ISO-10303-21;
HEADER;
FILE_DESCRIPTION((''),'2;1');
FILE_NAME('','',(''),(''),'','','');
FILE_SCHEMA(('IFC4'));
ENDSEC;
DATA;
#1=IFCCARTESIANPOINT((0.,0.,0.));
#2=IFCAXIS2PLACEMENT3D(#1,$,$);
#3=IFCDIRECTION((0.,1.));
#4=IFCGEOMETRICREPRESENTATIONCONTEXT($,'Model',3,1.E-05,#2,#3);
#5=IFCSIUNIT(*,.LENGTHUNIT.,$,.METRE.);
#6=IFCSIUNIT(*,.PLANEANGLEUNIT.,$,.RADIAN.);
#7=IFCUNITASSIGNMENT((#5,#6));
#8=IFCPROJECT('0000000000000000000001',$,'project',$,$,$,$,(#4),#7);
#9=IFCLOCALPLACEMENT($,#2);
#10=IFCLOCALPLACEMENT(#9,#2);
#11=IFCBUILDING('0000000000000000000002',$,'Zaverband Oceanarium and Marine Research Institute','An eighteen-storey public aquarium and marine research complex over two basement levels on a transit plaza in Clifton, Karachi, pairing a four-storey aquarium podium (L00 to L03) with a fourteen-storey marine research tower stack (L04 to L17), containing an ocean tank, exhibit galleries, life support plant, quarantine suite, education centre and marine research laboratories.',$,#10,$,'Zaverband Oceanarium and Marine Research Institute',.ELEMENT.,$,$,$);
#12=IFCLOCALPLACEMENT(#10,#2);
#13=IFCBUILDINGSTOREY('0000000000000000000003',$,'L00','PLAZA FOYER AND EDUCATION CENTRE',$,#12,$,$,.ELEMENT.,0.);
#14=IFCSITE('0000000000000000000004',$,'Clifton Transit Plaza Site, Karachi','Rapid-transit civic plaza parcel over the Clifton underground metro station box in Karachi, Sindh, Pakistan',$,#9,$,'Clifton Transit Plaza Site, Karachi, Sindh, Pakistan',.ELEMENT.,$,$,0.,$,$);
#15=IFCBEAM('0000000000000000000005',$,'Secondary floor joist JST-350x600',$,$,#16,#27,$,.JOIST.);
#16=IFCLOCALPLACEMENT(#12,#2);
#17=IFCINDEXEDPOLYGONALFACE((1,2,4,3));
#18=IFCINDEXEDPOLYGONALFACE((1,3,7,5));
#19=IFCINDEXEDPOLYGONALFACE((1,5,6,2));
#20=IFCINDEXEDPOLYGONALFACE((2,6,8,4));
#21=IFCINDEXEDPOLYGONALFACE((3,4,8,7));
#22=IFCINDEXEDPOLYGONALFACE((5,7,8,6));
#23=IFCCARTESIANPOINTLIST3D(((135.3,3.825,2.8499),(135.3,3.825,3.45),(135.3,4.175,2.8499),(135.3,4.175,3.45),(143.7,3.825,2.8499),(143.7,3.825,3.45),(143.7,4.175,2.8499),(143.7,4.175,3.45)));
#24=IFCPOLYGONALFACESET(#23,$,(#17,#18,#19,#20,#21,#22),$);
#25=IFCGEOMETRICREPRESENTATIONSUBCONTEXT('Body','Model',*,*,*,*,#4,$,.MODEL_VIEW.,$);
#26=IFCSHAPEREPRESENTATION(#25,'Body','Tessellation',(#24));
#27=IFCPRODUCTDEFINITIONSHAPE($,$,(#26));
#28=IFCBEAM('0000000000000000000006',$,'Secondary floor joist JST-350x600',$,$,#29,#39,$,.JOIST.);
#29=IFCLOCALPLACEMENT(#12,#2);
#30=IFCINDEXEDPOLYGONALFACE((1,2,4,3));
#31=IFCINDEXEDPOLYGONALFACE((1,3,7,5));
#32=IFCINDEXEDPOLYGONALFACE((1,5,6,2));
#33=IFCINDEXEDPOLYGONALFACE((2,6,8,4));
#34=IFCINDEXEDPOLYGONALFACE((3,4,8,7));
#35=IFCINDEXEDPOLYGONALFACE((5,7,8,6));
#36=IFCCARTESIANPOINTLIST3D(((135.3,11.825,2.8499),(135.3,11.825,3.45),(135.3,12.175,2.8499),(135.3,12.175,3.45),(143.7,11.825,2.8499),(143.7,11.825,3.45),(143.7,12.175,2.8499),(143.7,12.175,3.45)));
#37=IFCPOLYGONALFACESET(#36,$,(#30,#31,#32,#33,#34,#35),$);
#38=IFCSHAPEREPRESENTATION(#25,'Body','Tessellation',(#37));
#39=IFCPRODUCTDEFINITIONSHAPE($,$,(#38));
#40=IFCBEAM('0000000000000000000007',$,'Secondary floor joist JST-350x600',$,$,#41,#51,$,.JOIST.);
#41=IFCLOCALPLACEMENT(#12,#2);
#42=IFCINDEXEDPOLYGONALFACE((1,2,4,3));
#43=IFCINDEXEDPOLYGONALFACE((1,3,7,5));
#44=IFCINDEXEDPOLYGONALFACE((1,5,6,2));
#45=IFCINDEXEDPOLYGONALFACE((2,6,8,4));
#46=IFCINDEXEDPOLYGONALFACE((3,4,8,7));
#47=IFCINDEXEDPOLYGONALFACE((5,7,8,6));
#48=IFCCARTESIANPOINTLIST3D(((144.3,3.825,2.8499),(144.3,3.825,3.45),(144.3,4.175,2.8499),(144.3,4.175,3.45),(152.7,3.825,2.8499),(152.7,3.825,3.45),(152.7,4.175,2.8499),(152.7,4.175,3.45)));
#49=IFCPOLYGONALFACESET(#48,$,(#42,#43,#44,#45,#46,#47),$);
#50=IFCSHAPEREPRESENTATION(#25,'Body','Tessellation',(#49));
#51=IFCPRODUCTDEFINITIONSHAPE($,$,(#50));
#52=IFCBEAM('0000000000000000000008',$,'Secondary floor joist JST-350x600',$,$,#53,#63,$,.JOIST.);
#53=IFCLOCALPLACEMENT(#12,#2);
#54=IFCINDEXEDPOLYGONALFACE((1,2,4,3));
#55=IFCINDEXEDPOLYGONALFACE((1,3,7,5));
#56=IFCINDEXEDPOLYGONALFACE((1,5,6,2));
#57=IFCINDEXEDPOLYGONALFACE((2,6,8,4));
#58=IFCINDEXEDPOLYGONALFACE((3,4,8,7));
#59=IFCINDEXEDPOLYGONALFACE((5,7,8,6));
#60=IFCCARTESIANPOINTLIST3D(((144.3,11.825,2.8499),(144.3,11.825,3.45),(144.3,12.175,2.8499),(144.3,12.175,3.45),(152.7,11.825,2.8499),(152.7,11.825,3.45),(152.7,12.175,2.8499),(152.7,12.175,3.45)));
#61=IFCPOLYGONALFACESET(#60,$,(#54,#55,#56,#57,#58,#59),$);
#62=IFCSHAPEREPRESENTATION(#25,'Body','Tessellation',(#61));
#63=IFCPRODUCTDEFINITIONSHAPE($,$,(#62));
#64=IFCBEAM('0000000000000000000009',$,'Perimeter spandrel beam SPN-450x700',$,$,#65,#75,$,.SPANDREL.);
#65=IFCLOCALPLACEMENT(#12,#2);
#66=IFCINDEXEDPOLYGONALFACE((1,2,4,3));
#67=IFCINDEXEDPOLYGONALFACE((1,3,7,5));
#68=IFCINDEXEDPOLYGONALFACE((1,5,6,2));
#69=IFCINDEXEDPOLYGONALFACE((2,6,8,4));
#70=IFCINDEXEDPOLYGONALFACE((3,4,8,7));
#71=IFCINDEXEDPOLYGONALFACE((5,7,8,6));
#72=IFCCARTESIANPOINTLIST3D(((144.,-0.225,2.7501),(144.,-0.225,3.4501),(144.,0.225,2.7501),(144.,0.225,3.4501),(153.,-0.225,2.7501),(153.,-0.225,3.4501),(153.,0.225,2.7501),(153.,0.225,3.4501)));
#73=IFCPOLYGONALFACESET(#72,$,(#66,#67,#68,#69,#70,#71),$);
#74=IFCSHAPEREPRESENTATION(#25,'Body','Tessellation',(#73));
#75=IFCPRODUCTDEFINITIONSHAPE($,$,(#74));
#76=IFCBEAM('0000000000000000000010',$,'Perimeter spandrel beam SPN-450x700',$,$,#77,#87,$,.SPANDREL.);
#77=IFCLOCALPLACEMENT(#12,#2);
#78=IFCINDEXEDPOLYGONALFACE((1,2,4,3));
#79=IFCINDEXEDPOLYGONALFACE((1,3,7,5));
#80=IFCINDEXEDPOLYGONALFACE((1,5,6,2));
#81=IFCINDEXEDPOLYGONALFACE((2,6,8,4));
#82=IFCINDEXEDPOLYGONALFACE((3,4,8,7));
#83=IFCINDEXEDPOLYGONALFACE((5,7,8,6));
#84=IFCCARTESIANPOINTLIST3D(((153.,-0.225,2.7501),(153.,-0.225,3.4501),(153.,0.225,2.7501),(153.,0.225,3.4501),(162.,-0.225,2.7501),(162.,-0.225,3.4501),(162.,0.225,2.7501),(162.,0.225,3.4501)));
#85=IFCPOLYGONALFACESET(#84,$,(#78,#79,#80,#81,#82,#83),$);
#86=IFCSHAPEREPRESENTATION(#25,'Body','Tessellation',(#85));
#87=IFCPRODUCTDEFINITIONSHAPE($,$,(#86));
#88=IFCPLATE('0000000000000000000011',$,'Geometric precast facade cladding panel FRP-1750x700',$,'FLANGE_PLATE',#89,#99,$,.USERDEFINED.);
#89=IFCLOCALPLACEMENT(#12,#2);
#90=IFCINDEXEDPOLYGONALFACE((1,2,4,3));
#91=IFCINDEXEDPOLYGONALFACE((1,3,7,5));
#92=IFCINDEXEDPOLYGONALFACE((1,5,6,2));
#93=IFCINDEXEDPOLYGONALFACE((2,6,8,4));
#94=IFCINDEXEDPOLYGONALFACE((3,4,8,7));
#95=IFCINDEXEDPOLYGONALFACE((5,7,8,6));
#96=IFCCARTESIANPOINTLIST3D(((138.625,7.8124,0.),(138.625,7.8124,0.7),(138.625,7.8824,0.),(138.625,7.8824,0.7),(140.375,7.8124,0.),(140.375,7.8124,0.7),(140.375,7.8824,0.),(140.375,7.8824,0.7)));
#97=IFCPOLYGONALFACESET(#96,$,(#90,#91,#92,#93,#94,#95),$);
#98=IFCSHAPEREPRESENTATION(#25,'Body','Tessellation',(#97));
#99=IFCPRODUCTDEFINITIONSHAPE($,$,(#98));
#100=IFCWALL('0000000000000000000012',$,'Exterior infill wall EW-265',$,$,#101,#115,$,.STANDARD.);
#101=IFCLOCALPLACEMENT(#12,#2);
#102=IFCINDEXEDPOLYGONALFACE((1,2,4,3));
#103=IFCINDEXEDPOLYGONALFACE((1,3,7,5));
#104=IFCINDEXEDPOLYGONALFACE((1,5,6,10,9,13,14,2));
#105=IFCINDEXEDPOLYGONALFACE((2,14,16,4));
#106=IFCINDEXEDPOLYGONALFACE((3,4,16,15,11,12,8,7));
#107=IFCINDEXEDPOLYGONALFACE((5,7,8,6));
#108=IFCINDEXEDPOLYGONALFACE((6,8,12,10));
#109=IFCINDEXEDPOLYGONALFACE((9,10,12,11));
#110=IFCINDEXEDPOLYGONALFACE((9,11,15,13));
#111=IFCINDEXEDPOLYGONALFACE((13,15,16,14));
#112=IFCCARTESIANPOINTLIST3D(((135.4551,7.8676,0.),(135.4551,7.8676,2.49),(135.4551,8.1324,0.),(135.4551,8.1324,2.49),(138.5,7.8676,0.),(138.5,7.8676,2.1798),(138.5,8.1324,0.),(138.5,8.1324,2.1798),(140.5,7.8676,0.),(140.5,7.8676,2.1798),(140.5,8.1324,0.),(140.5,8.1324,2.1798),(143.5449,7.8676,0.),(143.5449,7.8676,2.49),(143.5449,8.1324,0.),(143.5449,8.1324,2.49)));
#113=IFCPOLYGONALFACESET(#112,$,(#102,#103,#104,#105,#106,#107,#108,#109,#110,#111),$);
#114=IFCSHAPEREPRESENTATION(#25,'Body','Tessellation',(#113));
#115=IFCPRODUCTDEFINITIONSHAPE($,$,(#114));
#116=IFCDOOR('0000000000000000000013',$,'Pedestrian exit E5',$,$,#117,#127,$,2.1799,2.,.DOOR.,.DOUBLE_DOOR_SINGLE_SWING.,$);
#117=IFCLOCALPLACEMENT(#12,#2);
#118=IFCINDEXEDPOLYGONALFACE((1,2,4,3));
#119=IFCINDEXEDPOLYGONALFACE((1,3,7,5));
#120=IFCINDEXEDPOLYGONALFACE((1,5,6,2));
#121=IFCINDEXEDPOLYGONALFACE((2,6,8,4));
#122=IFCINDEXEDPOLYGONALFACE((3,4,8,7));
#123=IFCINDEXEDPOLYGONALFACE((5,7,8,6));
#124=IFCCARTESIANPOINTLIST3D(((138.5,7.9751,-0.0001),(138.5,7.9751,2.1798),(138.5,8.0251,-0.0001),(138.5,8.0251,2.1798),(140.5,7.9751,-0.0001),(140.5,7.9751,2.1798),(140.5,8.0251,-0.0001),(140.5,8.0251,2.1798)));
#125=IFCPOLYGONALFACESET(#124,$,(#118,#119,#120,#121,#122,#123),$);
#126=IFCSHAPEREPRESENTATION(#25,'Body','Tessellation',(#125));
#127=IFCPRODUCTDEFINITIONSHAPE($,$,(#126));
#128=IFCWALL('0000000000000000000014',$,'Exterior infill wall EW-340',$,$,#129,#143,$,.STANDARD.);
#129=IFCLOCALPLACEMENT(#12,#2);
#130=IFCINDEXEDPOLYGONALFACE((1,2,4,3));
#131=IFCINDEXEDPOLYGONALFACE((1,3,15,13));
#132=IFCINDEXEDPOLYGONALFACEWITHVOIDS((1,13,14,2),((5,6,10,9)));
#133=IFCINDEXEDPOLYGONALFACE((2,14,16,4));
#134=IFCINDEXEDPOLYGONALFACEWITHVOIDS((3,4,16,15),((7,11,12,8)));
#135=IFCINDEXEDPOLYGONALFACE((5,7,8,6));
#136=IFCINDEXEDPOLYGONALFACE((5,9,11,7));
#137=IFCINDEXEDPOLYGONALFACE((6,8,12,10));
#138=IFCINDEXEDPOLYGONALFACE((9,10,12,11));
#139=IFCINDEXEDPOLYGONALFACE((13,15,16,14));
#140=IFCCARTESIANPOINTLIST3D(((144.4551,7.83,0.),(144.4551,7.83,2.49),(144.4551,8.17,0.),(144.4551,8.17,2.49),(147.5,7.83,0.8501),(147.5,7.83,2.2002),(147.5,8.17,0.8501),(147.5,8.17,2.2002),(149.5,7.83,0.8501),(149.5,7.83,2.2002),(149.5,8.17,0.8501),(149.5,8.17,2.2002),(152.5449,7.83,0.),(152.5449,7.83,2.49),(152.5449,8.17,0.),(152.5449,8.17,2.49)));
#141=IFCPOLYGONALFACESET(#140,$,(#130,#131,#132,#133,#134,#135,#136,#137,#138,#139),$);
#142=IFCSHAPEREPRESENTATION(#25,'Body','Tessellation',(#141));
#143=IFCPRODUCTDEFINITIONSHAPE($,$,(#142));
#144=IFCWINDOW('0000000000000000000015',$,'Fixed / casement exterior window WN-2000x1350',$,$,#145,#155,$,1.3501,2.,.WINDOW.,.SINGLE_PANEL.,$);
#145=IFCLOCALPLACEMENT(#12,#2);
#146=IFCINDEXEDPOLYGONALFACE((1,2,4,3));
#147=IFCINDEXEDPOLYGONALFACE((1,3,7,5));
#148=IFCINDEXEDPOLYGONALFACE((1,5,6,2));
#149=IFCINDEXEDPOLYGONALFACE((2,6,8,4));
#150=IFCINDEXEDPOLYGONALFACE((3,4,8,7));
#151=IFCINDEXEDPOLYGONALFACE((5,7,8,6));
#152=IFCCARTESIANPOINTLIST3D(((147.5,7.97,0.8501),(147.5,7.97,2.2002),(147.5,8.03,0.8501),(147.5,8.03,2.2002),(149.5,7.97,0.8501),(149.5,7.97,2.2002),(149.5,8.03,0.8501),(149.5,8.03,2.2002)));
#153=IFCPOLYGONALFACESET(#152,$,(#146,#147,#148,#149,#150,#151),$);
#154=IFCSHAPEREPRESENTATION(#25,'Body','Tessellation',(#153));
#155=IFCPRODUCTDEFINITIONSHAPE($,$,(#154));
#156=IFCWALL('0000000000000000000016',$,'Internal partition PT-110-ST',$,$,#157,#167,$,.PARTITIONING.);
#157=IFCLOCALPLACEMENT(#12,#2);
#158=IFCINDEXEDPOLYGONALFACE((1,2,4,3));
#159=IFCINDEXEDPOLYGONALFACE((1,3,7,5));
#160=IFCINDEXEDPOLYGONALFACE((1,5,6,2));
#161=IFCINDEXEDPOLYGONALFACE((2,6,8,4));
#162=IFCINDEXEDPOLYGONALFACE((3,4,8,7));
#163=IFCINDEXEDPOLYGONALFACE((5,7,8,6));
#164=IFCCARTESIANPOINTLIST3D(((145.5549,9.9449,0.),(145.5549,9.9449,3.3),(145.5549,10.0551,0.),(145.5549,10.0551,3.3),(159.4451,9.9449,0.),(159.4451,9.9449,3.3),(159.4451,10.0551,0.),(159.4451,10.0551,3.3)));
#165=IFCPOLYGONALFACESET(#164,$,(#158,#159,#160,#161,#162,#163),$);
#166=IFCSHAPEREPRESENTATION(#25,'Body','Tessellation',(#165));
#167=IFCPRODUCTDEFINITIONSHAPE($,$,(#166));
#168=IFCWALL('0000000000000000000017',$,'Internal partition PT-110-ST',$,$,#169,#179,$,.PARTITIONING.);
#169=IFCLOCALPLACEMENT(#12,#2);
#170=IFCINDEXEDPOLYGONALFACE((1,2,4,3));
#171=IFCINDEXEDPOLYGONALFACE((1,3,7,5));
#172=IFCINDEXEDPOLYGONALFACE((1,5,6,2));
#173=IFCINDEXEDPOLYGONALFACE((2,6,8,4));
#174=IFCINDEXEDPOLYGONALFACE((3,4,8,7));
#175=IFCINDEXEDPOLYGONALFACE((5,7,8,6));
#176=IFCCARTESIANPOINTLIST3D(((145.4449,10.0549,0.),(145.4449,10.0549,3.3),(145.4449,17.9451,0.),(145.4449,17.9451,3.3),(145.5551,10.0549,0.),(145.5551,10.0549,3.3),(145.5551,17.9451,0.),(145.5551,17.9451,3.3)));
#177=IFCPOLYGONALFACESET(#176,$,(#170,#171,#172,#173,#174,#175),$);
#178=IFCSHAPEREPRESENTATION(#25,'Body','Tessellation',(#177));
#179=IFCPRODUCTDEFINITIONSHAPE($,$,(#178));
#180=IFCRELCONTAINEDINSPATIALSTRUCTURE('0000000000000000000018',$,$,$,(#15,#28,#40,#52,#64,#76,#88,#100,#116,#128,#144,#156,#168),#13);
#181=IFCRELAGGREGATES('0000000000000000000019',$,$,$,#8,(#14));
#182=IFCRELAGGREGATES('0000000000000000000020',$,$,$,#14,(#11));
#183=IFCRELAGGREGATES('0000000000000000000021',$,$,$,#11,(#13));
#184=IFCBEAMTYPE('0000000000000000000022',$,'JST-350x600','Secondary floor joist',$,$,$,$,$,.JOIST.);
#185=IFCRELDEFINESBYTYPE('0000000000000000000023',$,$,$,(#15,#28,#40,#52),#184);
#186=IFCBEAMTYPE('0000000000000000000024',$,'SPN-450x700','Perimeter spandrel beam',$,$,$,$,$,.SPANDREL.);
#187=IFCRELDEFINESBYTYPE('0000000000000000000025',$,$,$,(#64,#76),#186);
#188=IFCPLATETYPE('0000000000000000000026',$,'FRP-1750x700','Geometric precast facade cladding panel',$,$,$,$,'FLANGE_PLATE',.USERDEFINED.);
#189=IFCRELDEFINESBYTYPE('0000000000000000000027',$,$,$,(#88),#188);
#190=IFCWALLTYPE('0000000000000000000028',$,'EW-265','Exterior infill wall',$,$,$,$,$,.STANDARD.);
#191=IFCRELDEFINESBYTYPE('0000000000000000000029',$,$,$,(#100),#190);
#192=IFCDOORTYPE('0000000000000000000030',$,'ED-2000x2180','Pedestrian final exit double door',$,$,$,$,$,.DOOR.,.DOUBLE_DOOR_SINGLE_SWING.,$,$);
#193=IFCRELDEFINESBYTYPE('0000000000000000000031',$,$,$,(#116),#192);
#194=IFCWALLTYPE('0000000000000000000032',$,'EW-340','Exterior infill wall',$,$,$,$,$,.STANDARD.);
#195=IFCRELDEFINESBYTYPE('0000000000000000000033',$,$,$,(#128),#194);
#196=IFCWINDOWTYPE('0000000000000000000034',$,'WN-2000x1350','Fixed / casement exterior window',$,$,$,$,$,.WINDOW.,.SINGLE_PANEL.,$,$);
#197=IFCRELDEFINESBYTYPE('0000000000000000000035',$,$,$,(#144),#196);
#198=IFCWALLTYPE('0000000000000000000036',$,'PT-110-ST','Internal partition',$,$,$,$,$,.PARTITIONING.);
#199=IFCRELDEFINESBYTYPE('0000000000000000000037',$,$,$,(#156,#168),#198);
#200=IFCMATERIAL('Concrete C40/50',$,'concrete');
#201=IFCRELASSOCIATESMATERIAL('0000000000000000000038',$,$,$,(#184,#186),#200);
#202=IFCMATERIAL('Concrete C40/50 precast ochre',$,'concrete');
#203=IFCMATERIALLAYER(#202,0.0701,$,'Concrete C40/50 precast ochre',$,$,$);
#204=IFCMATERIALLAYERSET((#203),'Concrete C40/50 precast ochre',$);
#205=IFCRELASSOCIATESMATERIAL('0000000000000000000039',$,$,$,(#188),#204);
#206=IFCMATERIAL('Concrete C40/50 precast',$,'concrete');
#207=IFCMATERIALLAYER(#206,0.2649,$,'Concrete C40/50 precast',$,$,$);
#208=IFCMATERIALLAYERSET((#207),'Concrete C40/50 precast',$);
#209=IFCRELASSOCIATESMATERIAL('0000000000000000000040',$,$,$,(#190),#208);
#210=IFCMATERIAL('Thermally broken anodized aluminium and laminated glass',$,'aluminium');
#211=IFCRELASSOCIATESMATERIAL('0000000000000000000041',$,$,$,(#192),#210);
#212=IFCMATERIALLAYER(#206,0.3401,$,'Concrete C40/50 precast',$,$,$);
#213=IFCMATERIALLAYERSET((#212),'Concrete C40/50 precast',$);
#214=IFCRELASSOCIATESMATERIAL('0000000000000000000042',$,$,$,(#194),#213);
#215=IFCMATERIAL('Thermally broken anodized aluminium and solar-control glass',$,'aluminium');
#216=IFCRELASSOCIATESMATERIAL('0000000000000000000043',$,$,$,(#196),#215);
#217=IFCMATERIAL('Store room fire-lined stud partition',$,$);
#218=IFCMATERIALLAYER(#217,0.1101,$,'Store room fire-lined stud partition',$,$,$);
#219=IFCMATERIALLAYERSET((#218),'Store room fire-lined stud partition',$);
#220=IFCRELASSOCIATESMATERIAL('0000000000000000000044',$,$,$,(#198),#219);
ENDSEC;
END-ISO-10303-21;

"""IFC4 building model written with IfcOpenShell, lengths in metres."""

from ifc_helpers import new_model, si_unit, direction, frame, frame_2d, origin, origin_2d, place, context, subcontext, project, spatial, rectangle, extrude, material, layer, layer_set, material_profile, profile_set, type_object, element, fill, save


model = new_model("IFC4")

# Units and contexts
model_context = context("Model", 3, precision=1e-05, world=origin(), true_north=direction((0.0, 1.0)))
body_context = subcontext(model_context, "Body", "Model", "MODEL_VIEW")
ifc_project = project(units=[si_unit("LENGTHUNIT", "METRE"), si_unit("PLANEANGLEUNIT", "RADIAN")], contexts=[model_context])

# Site, building, storey
site_placement = place(None, origin())
site = spatial("IfcSite", under=ifc_project, at=site_placement, Name="Clifton Transit Plaza Site, Karachi", Description="Rapid-transit civic plaza parcel over the Clifton underground metro station box in Karachi, Sindh, Pakistan", LongName="Clifton Transit Plaza Site, Karachi, Sindh, Pakistan", CompositionType="ELEMENT", RefElevation=0.0)
building_placement = place(site_placement, origin())
building = spatial("IfcBuilding", under=site, at=building_placement, Name="Zaverband Oceanarium and Marine Research Institute", Description="An eighteen-storey public aquarium and marine research complex over two basement levels on a transit plaza in Clifton, Karachi, pairing a four-storey aquarium podium (L00 to L03) with a fourteen-storey marine research tower stack (L04 to L17), containing an ocean tank, exhibit galleries, life support plant, quarantine suite, education centre and marine research laboratories.", LongName="Zaverband Oceanarium and Marine Research Institute", CompositionType="ELEMENT")
storey_placement = place(building_placement, origin())
storey = spatial("IfcBuildingStorey", under=building, at=storey_placement, Name="L00", Description="PLAZA FOYER AND EDUCATION CENTRE", CompositionType="ELEMENT", Elevation=0.0)

# Beams
ifc_material_1 = material(Name="Concrete C40/50", Category="concrete")
ifc_material_profile_1 = material_profile(ifc_material_1, rectangle(XDim=0.3501, YDim=0.6001, at=origin_2d()), Name="RC350x600")
ifc_profile_set_1 = profile_set([ifc_material_profile_1], Name="Concrete C40/50")
beam_type_1 = type_object("IfcBeamType", Name="JST-350x600", Description="Secondary floor joist", PredefinedType="JOIST", material=ifc_profile_set_1)
for number, where, z_axis, x_axis, name in (
    (1, (135.3, 4.0, 3.1499), (1.0, 0.0, 0.0), (0.0, 1.0, 0.0), "Secondary floor joist JST-350x600"),
    (2, (135.3, 12.0, 3.1499), (1.0, 0.0, 0.0), (0.0, 1.0, 0.0), "Secondary floor joist JST-350x600"),
    (3, (144.3, 4.0, 3.1499), (1.0, 0.0, 0.0), (0.0, 1.0, 0.0), "Secondary floor joist JST-350x600"),
    (4, (144.3, 12.0, 3.1499), (1.0, 0.0, 0.0), (0.0, 1.0, 0.0), "Secondary floor joist JST-350x600"),
):
    element("IfcBeam", number, at=place(storey_placement, frame(where, z_axis=z_axis, x_axis=x_axis)), inside=storey, type_object=beam_type_1, Name=name, PredefinedType="JOIST", context=body_context, shape_type="SweptSolid", body=[
        extrude(rectangle(XDim=0.3501, YDim=0.6001, at=origin_2d()), origin(), (0.0, 0.0, 1.0), 8.3999),
    ])
ifc_material_profile_2 = material_profile(ifc_material_1, rectangle(XDim=0.45, YDim=0.7, at=origin_2d()), Name="RC450x700")
ifc_profile_set_2 = profile_set([ifc_material_profile_2], Name="Concrete C40/50")
beam_type_2 = type_object("IfcBeamType", Name="SPN-450x700", Description="Perimeter spandrel beam", PredefinedType="SPANDREL", material=ifc_profile_set_2)
for number, where, z_axis, x_axis, name in (
    (5, (144.0, 0.0, 3.1001), (1.0, 0.0, 0.0), (0.0, 1.0, 0.0), "Perimeter spandrel beam SPN-450x700"),
    (6, (153.0, 0.0, 3.1001), (1.0, 0.0, 0.0), (0.0, 1.0, 0.0), "Perimeter spandrel beam SPN-450x700"),
):
    element("IfcBeam", number, at=place(storey_placement, frame(where, z_axis=z_axis, x_axis=x_axis)), inside=storey, type_object=beam_type_2, Name=name, PredefinedType="SPANDREL", context=body_context, shape_type="SweptSolid", body=[
        extrude(rectangle(XDim=0.45, YDim=0.7, at=origin_2d()), origin(), (0.0, 0.0, 1.0), 9.0),
    ])

# Plate
ifc_material_2 = material(Name="Concrete C40/50 precast ochre", Category="concrete")
ifc_layer_1 = layer(ifc_material_2, 0.0701, Name="Concrete C40/50 precast ochre")
ifc_layer_set_1 = layer_set([ifc_layer_1], Name="Concrete C40/50 precast ochre")
plate_type = type_object("IfcPlateType", Name="FRP-1750x700", Description="Geometric precast facade cladding panel", ElementType="FLANGE_PLATE", PredefinedType="USERDEFINED", material=ifc_layer_set_1)
plate_placement = place(storey_placement, frame((138.625, 7.8474, 0.0), z_axis=(0.0, 0.0, 1.0), x_axis=(1.0, 0.0, 0.0)))
element("IfcPlate", 7, at=plate_placement, inside=storey, type_object=plate_type, Name="Geometric precast facade cladding panel FRP-1750x700", ObjectType="FLANGE_PLATE", PredefinedType="USERDEFINED", context=body_context, shape_type="SweptSolid", body=[
    extrude(rectangle(XDim=1.75, YDim=0.0701, at=frame_2d((0.875, 0.0))), origin(), (0.0, 0.0, 1.0), 0.7),
])

# Wall, opening, door
ifc_material_3 = material(Name="Concrete C40/50 precast", Category="concrete")
ifc_layer_2 = layer(ifc_material_3, 0.2649, Name="Concrete C40/50 precast")
ifc_layer_set_2 = layer_set([ifc_layer_2], Name="Concrete C40/50 precast")
wall_type_1 = type_object("IfcWallType", Name="EW-265", Description="Exterior infill wall", PredefinedType="STANDARD", material=ifc_layer_set_2)
wall_1_placement = place(storey_placement, frame((135.4551, 8.0, 0.0), z_axis=(0.0, 0.0, 1.0), x_axis=(1.0, 0.0, 0.0)))
wall_1 = element("IfcWall", 8, at=wall_1_placement, inside=storey, type_object=wall_type_1, Name="Exterior infill wall EW-265", PredefinedType="STANDARD", context=body_context, shape_type="SweptSolid", body=[
    extrude(rectangle(XDim=8.0898, YDim=0.2649, at=frame_2d((4.0449, 0.0))), origin(), (0.0, 0.0, 1.0), 2.49),
])
opening_1_placement = place(wall_1_placement, frame((3.0449, 0.0, 0.0)))
opening_1 = element("IfcOpeningElement", 9, at=opening_1_placement, cuts=wall_1, PredefinedType="OPENING", context=body_context, shape_type="SweptSolid", body=[
    extrude(rectangle(XDim=2.0, YDim=2.1799, at=frame_2d((1.0, 1.0898))), frame((0.0, 0.1445, 0.0), z_axis=(0.0, -1.0, 0.0), x_axis=(1.0, 0.0, 0.0)), (0.0, 0.0, 1.0), 0.2888),
])
ifc_material_4 = material(Name="Thermally broken anodized aluminium and laminated glass", Category="aluminium")
door_type_1 = type_object("IfcDoorType", Name="ED-2000x2180", Description="Pedestrian final exit double door", OperationType="DOUBLE_DOOR_SINGLE_SWING", PredefinedType="DOOR", material=ifc_material_4)
door_1_placement = place(opening_1_placement, frame((2.0, 0.0, 0.0), z_axis=(0.0, 0.0, 1.0), x_axis=(-1.0, 0.0, 0.0)))
door_1 = element("IfcDoor", 10, at=door_1_placement, inside=storey, type_object=door_type_1, Name="Pedestrian exit E5", OperationType="DOUBLE_DOOR_SINGLE_SWING", OverallHeight=2.1799, OverallWidth=2.0, PredefinedType="DOOR", context=body_context, shape_type="SweptSolid", body=[
    extrude(rectangle(XDim=2.0, YDim=2.1799, at=frame_2d((1.0, 1.0898))), frame((0.0, 0.0249, 0.0), z_axis=(0.0, -1.0, 0.0), x_axis=(1.0, 0.0, 0.0)), (0.0, 0.0, 1.0), 0.05),
])
fill(opening_1, door_1)

# Wall, opening, window
ifc_layer_3 = layer(ifc_material_3, 0.3401, Name="Concrete C40/50 precast")
ifc_layer_set_3 = layer_set([ifc_layer_3], Name="Concrete C40/50 precast")
wall_type_2 = type_object("IfcWallType", Name="EW-340", Description="Exterior infill wall", PredefinedType="STANDARD", material=ifc_layer_set_3)
wall_2_placement = place(storey_placement, frame((144.4551, 8.0, 0.0), z_axis=(0.0, 0.0, 1.0), x_axis=(1.0, 0.0, 0.0)))
wall_2 = element("IfcWall", 11, at=wall_2_placement, inside=storey, type_object=wall_type_2, Name="Exterior infill wall EW-340", PredefinedType="STANDARD", context=body_context, shape_type="SweptSolid", body=[
    extrude(rectangle(XDim=8.0898, YDim=0.3401, at=frame_2d((4.0449, 0.0))), origin(), (0.0, 0.0, 1.0), 2.49),
])
opening_2_placement = place(wall_2_placement, frame((3.0449, 0.0, 0.8501)))
opening_2 = element("IfcOpeningElement", 12, at=opening_2_placement, cuts=wall_2, PredefinedType="OPENING", context=body_context, shape_type="SweptSolid", body=[
    extrude(rectangle(XDim=2.0, YDim=1.3501, at=frame_2d((1.0, 0.675))), frame((0.0, 0.1821, 0.0), z_axis=(0.0, -1.0, 0.0), x_axis=(1.0, 0.0, 0.0)), (0.0, 0.0, 1.0), 0.364),
])
ifc_material_5 = material(Name="Thermally broken anodized aluminium and solar-control glass", Category="aluminium")
window_type = type_object("IfcWindowType", Name="WN-2000x1350", Description="Fixed / casement exterior window", PartitioningType="SINGLE_PANEL", PredefinedType="WINDOW", material=ifc_material_5)
window_placement = place(opening_2_placement, origin())
window = element("IfcWindow", 13, at=window_placement, inside=storey, type_object=window_type, Name="Fixed / casement exterior window WN-2000x1350", OverallHeight=1.3501, OverallWidth=2.0, PartitioningType="SINGLE_PANEL", PredefinedType="WINDOW", context=body_context, shape_type="SweptSolid", body=[
    extrude(rectangle(XDim=2.0, YDim=1.3501, at=frame_2d((1.0, 0.675))), frame((0.0, 0.03, 0.0), z_axis=(0.0, -1.0, 0.0), x_axis=(1.0, 0.0, 0.0)), (0.0, 0.0, 1.0), 0.0601),
])
fill(opening_2, window)

# Walls
ifc_material_6 = material(Name="Store room fire-lined stud partition")
ifc_layer_4 = layer(ifc_material_6, 0.1101, Name="Store room fire-lined stud partition")
ifc_layer_set_4 = layer_set([ifc_layer_4], Name="Store room fire-lined stud partition")
wall_type_3 = type_object("IfcWallType", Name="PT-110-ST", Description="Internal partition", PredefinedType="PARTITIONING", material=ifc_layer_set_4)
wall_3_placement = place(storey_placement, frame((145.5549, 10.0, 0.0), z_axis=(0.0, 0.0, 1.0), x_axis=(1.0, 0.0, 0.0)))
element("IfcWall", 14, at=wall_3_placement, inside=storey, type_object=wall_type_3, Name="Internal partition PT-110-ST", PredefinedType="PARTITIONING", context=body_context, shape_type="SweptSolid", body=[
    extrude(rectangle(XDim=13.8901, YDim=0.1101, at=frame_2d((6.9451, 0.0))), origin(), (0.0, 0.0, 1.0), 3.3),
])
wall_4_placement = place(storey_placement, frame((145.5, 10.0549, 0.0), z_axis=(0.0, 0.0, 1.0), x_axis=(0.0, 1.0, 0.0)))
element("IfcWall", 15, at=wall_4_placement, inside=storey, type_object=wall_type_3, Name="Internal partition PT-110-ST", PredefinedType="PARTITIONING", context=body_context, shape_type="SweptSolid", body=[
    extrude(rectangle(XDim=7.8901, YDim=0.1101, at=frame_2d((3.9451, 0.0))), origin(), (0.0, 0.0, 1.0), 3.3),
])

save(model, "model.ifc")
